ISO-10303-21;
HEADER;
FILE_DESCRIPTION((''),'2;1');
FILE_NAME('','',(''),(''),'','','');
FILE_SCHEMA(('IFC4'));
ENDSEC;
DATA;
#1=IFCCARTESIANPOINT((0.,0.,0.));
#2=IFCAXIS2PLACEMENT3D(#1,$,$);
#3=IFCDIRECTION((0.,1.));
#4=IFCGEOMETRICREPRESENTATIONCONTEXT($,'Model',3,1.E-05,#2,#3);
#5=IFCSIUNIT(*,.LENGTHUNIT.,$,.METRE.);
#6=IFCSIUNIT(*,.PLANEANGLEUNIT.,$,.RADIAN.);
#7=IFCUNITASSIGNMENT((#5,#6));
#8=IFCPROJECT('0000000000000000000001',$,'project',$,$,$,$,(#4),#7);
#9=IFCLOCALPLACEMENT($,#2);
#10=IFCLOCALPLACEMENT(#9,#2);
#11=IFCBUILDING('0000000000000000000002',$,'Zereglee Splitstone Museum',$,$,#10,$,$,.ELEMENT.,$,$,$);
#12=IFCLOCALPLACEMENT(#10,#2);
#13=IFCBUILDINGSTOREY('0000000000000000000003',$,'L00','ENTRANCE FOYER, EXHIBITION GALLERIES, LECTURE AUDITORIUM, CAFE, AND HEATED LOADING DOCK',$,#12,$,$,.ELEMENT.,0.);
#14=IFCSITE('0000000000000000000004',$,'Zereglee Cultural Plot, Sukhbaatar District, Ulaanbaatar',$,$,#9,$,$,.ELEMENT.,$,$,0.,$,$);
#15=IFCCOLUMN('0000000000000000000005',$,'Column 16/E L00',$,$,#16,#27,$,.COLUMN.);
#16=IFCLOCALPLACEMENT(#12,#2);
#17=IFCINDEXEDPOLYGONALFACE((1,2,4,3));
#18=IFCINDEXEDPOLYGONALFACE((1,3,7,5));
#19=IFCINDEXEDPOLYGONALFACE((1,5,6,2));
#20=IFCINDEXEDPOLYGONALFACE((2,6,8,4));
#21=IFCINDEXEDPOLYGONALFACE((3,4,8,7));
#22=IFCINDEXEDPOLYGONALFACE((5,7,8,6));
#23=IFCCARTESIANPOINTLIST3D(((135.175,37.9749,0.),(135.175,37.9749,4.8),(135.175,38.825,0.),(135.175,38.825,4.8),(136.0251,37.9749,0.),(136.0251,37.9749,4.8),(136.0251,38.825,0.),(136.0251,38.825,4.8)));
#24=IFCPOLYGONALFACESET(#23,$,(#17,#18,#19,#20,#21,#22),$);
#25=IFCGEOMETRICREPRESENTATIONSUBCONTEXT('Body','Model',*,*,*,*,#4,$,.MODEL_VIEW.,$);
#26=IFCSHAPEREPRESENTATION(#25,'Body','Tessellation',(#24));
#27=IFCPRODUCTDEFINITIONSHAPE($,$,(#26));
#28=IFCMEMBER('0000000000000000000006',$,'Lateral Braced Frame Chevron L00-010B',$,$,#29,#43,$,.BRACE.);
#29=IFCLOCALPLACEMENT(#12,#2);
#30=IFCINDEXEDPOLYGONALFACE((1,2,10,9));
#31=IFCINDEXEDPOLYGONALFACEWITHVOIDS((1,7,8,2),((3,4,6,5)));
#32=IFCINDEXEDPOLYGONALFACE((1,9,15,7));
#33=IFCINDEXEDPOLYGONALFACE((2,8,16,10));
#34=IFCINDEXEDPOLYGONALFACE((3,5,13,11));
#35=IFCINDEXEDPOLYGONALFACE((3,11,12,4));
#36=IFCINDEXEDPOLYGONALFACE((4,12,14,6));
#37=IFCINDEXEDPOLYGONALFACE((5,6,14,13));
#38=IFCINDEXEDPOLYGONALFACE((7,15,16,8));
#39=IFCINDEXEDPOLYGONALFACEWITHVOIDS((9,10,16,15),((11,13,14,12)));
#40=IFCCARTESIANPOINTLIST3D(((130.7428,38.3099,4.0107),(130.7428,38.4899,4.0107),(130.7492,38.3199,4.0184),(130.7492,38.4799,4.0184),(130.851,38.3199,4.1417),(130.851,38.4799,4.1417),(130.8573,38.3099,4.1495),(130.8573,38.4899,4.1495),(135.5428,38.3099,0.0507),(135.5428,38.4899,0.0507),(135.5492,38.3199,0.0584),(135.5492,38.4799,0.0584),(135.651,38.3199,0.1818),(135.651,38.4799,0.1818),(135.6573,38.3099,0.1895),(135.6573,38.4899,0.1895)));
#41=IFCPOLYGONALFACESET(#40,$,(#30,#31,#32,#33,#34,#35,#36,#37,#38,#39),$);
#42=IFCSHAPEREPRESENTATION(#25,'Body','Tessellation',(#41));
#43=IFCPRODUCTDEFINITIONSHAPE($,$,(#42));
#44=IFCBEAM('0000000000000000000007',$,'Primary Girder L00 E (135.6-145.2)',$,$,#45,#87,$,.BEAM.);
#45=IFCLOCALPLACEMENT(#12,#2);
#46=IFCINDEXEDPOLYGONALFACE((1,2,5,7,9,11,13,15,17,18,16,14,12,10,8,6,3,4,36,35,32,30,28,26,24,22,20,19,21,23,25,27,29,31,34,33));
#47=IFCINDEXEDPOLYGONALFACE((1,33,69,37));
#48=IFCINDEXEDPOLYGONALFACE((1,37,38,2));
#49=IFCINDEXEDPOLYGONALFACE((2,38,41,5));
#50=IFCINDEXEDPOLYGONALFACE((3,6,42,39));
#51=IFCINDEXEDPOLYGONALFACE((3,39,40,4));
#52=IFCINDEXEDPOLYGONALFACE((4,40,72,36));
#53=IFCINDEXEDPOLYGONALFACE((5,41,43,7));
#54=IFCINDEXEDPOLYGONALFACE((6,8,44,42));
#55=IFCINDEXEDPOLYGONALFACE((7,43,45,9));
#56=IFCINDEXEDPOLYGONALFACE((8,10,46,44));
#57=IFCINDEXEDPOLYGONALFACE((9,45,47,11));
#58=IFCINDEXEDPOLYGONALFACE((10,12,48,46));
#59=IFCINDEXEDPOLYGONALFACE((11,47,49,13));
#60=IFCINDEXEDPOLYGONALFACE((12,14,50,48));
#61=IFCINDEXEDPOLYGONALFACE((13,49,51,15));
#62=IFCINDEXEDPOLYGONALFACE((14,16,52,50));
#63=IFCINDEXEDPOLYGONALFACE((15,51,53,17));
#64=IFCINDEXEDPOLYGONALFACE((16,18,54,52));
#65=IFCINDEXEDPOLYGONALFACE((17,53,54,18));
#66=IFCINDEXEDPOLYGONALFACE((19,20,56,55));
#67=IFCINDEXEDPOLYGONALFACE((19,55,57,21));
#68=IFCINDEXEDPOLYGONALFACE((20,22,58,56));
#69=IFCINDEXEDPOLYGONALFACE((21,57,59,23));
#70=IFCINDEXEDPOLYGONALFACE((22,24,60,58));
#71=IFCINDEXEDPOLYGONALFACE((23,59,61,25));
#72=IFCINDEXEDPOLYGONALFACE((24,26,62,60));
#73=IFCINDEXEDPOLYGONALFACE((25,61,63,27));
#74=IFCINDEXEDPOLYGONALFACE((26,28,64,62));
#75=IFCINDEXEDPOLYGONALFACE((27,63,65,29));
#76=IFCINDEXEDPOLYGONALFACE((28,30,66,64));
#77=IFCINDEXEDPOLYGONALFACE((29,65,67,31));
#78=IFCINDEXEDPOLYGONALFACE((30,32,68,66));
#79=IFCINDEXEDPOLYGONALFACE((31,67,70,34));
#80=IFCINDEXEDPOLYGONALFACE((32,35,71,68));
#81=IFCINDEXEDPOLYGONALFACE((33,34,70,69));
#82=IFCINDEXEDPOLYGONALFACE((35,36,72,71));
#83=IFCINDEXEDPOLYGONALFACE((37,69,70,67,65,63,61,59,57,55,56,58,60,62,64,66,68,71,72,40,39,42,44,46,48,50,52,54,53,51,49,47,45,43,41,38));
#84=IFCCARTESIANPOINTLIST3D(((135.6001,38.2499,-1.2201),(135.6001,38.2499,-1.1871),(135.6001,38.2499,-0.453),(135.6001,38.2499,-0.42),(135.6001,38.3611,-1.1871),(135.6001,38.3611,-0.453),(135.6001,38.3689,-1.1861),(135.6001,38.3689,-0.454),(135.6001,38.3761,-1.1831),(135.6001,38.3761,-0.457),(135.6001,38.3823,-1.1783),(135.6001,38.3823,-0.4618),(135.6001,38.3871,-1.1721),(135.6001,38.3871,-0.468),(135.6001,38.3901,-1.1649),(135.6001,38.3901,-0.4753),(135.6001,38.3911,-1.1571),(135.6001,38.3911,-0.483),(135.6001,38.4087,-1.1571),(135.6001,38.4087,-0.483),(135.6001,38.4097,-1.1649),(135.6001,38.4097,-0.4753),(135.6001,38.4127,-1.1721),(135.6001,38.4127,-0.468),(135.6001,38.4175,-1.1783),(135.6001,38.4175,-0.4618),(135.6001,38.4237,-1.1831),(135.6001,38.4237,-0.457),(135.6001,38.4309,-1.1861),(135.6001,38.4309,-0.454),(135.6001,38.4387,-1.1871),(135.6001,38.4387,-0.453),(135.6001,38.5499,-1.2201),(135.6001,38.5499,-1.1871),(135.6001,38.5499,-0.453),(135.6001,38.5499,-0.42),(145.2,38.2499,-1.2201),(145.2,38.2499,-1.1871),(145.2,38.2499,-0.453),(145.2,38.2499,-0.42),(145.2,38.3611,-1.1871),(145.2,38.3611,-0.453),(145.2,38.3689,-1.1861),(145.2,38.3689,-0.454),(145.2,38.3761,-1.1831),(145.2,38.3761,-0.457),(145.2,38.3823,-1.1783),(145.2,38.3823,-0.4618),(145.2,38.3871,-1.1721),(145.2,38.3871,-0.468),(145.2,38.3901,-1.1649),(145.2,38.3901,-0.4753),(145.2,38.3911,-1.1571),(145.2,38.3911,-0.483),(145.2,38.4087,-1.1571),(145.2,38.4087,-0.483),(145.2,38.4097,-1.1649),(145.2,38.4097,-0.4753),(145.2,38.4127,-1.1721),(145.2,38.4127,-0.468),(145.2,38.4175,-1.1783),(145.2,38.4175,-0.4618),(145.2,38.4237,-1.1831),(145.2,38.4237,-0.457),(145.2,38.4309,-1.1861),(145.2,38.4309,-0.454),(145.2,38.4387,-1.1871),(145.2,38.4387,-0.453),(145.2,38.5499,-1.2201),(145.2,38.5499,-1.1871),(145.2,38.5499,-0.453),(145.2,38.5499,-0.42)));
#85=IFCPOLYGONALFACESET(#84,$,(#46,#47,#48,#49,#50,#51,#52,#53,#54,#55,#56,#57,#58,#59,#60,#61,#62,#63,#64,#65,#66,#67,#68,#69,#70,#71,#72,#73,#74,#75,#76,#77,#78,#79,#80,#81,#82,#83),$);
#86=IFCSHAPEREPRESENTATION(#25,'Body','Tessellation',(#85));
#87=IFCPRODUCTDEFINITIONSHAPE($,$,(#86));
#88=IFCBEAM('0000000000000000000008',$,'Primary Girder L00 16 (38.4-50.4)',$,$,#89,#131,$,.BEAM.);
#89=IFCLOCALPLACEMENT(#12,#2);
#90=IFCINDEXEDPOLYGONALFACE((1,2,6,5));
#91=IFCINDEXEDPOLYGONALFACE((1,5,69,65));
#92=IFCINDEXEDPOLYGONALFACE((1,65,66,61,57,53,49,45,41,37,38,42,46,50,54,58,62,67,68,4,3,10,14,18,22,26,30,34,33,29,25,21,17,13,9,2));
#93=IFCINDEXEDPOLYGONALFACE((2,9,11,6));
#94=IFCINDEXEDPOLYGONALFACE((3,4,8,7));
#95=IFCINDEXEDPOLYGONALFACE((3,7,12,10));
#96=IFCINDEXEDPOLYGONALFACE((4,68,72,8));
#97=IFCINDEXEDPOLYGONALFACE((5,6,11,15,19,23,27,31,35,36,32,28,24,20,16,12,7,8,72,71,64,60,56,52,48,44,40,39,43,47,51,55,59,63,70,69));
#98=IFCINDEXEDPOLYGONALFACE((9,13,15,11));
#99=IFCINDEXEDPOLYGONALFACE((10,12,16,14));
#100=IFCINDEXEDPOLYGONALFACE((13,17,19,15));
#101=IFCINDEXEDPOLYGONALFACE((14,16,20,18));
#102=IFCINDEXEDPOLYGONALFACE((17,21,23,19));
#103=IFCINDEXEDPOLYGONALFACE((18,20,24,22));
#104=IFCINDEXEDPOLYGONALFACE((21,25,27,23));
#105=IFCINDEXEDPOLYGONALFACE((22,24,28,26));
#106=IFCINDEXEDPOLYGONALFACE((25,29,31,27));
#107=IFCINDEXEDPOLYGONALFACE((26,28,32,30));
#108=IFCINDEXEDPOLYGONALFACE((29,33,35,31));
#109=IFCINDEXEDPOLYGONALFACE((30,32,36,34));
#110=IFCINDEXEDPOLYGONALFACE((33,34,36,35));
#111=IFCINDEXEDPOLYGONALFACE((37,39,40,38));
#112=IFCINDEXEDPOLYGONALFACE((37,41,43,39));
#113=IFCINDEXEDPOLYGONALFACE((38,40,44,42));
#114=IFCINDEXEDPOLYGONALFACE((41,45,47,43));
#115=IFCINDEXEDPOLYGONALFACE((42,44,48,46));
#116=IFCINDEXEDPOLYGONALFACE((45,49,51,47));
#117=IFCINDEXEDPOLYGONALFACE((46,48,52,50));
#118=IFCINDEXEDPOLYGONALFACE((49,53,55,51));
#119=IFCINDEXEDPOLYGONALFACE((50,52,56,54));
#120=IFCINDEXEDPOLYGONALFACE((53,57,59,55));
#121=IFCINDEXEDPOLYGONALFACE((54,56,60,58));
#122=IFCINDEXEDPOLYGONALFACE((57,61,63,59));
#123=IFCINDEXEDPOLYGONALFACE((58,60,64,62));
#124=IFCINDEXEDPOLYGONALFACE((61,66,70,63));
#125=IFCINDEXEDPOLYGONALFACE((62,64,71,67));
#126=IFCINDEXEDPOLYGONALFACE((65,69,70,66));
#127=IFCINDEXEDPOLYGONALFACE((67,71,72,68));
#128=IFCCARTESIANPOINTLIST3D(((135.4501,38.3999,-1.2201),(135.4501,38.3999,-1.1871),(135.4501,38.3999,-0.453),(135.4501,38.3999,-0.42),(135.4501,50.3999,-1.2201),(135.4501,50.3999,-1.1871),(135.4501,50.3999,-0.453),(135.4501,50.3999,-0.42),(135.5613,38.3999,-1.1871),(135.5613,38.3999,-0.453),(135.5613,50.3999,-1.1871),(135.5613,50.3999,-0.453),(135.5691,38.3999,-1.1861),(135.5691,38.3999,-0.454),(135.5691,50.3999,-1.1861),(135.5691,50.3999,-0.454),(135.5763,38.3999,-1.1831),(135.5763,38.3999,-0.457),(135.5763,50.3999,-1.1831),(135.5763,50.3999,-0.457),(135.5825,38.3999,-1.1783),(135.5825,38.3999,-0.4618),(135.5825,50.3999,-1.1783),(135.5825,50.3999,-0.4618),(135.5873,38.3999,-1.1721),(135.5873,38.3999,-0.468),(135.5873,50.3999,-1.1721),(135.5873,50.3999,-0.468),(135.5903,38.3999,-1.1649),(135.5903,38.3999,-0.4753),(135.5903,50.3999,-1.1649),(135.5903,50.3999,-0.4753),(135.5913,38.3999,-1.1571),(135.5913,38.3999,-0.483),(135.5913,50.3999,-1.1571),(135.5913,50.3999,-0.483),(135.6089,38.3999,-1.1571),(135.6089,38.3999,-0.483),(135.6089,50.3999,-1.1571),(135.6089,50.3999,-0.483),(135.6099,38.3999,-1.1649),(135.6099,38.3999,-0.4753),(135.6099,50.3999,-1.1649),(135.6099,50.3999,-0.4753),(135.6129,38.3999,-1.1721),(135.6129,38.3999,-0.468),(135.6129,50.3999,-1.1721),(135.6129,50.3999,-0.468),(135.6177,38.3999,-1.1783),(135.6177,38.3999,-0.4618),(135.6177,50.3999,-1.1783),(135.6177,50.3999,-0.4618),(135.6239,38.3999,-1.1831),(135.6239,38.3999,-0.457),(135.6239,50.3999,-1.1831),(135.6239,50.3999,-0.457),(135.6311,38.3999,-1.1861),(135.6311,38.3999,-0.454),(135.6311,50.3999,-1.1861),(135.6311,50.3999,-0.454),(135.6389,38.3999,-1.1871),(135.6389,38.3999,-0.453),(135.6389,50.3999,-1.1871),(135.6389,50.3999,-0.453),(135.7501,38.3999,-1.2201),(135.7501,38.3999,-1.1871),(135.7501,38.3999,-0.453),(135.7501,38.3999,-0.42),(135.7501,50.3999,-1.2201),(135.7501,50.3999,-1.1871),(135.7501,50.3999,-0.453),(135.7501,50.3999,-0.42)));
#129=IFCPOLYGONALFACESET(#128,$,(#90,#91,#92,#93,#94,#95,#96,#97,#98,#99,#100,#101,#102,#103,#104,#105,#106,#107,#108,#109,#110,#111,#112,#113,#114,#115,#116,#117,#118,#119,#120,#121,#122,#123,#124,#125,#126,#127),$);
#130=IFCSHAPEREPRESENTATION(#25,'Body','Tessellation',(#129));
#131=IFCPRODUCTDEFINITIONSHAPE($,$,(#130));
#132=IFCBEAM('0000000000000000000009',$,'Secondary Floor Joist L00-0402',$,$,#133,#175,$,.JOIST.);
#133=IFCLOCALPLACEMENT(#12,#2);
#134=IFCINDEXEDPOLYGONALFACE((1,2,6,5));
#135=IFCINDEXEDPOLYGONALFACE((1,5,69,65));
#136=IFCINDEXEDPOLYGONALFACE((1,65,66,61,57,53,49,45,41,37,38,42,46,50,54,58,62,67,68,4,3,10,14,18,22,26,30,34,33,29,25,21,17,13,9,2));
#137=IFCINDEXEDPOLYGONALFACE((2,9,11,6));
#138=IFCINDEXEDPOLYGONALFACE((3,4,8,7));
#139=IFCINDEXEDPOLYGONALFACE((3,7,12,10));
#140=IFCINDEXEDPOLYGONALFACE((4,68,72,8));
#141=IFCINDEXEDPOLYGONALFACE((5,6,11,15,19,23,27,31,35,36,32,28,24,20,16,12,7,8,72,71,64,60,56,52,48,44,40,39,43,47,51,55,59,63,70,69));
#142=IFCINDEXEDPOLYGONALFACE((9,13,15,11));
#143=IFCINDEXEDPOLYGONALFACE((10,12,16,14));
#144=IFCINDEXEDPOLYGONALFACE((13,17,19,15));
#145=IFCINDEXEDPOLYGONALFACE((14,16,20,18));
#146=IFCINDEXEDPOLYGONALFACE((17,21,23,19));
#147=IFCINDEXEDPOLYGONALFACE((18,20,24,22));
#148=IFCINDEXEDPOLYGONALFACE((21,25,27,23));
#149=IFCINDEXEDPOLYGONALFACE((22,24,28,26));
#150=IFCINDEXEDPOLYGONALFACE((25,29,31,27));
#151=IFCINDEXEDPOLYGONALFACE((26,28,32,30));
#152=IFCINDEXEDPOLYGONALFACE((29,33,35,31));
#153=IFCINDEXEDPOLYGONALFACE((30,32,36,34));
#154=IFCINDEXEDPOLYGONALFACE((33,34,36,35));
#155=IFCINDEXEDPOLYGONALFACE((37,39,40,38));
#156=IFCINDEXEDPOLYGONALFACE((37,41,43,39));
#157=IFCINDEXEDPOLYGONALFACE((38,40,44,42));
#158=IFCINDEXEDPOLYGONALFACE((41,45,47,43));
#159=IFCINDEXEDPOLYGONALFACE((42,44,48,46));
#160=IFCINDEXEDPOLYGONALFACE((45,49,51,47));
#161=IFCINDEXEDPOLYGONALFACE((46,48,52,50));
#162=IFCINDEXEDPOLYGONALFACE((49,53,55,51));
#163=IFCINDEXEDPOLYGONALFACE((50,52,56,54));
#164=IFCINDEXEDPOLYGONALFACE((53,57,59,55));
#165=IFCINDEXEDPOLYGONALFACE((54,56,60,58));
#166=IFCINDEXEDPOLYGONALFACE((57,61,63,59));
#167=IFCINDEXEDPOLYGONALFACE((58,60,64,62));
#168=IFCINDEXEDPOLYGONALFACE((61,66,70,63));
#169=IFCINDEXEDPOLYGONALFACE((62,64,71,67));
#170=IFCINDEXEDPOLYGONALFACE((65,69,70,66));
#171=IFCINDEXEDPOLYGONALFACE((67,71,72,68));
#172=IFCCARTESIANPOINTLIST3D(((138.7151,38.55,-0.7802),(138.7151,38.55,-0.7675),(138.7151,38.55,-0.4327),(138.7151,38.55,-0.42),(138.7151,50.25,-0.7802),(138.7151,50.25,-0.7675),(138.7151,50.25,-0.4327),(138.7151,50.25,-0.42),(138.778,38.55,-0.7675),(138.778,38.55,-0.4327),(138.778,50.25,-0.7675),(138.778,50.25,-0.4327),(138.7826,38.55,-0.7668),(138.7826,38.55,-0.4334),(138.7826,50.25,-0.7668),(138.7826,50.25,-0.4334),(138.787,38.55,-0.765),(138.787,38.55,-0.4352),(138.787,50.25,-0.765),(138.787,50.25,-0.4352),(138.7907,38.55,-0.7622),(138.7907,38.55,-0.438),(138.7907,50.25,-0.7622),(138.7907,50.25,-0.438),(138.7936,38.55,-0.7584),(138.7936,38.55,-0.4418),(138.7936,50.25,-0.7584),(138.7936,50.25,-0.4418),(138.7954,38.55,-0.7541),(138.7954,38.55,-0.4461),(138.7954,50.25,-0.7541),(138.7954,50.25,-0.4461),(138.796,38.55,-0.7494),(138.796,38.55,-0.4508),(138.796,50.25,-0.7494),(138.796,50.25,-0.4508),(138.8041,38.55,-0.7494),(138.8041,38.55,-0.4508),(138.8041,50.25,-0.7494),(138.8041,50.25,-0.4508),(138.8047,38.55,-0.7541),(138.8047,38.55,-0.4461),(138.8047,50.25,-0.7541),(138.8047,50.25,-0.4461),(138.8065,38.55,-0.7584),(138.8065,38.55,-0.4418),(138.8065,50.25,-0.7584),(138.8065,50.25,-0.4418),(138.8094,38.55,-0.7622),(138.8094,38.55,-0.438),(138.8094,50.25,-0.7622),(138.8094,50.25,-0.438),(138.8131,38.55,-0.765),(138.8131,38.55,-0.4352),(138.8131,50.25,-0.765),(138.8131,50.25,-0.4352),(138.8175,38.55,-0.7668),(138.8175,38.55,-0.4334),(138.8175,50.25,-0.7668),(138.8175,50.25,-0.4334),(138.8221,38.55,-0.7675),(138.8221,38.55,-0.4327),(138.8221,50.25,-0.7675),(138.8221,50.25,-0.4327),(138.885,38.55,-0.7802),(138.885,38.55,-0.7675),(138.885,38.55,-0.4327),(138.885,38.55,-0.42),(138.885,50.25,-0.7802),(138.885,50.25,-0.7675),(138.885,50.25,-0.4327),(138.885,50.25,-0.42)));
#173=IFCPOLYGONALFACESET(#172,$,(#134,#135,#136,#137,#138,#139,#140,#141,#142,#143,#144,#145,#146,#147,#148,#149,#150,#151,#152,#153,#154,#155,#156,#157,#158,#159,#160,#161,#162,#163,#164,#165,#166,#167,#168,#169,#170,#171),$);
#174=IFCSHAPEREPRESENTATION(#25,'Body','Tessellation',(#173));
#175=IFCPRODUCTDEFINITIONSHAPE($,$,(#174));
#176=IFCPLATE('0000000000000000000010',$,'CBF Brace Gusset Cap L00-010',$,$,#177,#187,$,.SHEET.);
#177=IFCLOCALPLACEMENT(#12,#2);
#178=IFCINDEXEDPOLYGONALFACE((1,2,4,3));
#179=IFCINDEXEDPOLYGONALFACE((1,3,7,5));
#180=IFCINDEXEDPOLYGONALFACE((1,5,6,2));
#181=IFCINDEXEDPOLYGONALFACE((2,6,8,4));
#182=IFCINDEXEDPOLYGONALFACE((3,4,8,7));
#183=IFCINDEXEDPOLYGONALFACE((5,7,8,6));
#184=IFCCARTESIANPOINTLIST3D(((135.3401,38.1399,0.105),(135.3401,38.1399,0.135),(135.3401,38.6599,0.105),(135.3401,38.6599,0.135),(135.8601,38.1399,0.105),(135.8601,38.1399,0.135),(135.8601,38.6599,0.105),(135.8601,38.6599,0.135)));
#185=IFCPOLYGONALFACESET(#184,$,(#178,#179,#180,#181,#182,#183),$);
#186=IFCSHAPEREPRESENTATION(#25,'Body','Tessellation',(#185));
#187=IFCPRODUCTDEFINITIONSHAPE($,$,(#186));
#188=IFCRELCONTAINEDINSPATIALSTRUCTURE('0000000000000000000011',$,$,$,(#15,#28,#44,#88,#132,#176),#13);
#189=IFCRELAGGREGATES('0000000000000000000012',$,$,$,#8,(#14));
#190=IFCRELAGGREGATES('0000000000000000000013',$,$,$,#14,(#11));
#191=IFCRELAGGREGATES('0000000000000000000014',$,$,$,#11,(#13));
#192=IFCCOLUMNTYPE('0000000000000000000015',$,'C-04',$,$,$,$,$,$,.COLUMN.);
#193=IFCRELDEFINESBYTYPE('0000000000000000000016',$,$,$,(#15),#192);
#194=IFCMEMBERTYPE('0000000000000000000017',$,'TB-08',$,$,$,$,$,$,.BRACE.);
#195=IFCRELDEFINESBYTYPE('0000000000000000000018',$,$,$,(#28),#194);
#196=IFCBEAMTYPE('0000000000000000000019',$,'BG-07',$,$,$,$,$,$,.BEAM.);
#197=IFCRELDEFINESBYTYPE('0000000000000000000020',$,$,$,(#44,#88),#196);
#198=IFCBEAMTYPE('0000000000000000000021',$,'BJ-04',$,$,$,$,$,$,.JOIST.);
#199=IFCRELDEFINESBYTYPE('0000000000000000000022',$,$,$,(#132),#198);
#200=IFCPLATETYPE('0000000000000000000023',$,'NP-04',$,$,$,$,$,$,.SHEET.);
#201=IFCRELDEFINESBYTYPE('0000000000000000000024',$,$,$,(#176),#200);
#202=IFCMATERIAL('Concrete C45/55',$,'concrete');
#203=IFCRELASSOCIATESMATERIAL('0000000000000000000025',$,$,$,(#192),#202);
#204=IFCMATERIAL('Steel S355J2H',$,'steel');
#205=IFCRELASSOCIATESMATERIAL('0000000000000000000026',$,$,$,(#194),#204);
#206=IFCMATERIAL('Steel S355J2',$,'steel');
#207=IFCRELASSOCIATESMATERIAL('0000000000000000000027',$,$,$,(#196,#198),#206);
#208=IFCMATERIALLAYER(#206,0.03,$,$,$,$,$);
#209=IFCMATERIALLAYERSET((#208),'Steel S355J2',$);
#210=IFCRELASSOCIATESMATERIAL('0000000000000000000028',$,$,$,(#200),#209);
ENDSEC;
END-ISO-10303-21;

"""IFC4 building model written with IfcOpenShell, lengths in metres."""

from ifc_helpers import new_model, si_unit, direction, frame, origin, origin_2d, place, context, subcontext, project, spatial, rectangle, hollow_rectangle, i_section, extrude, material, layer, layer_set, material_profile, profile_set, type_object, element, save


model = new_model("IFC4")

# Units and contexts
model_context = context("Model", 3, precision=1e-05, world=origin(), true_north=direction((0.0, 1.0)))
body_context = subcontext(model_context, "Body", "Model", "MODEL_VIEW")
ifc_project = project(units=[si_unit("LENGTHUNIT", "METRE"), si_unit("PLANEANGLEUNIT", "RADIAN")], contexts=[model_context])

# Site, building, storey
site_placement = place(None, origin())
site = spatial("IfcSite", under=ifc_project, at=site_placement, Name="Zereglee Cultural Plot, Sukhbaatar District, Ulaanbaatar", CompositionType="ELEMENT", RefElevation=0.0)
building_placement = place(site_placement, origin())
building = spatial("IfcBuilding", under=site, at=building_placement, Name="Zereglee Splitstone Museum", CompositionType="ELEMENT")
storey_placement = place(building_placement, origin())
storey = spatial("IfcBuildingStorey", under=building, at=storey_placement, Name="L00", Description="ENTRANCE FOYER, EXHIBITION GALLERIES, LECTURE AUDITORIUM, CAFE, AND HEATED LOADING DOCK", CompositionType="ELEMENT", Elevation=0.0)

# Column
ifc_material_1 = material(Name="Concrete C45/55", Category="concrete")
ifc_material_profile_1 = material_profile(ifc_material_1, rectangle(XDim=0.8501, YDim=0.8501, at=origin_2d()), Name="RC 850x850")
ifc_profile_set_1 = profile_set([ifc_material_profile_1], Name="Concrete C45/55")
column_type = type_object("IfcColumnType", Name="C-04", PredefinedType="COLUMN", material=ifc_profile_set_1)
column_placement = place(storey_placement, frame((135.6001, 38.3999, 0.0), z_axis=(0.0, 0.0, 1.0), x_axis=(1.0, 0.0, 0.0)))
element("IfcColumn", 1, at=column_placement, inside=storey, type_object=column_type, Name="Column 16/E L00", PredefinedType="COLUMN", context=body_context, shape_type="SweptSolid", body=[
    extrude(rectangle(XDim=0.8501, YDim=0.8501, at=origin_2d()), origin(), (0.0, 0.0, 1.0), 4.8),
])

# Member
ifc_material_2 = material(Name="Steel S355J2H", Category="steel")
ifc_material_profile_2 = material_profile(ifc_material_2, hollow_rectangle(XDim=0.1799, YDim=0.1799, WallThickness=0.01, at=origin_2d()), Name="SHS 180x180x10")
ifc_profile_set_2 = profile_set([ifc_material_profile_2], Name="Steel S355J2H")
member_type = type_object("IfcMemberType", Name="TB-08", PredefinedType="BRACE", material=ifc_profile_set_2)
member_placement = place(storey_placement, frame((135.6001, 38.3999, 0.1201), z_axis=(-0.77138, 0.0, 0.636375), x_axis=(0.0, -1.0, 0.0)))
element("IfcMember", 2, at=member_placement, inside=storey, type_object=member_type, Name="Lateral Braced Frame Chevron L00-010B", PredefinedType="BRACE", context=body_context, shape_type="SweptSolid", body=[
    extrude(hollow_rectangle(XDim=0.1799, YDim=0.1799, WallThickness=0.01, at=origin_2d()), origin(), (0.0, 0.0, 1.0), 6.2227),
])

# Beams
ifc_material_3 = material(Name="Steel S355J2", Category="steel")
ifc_material_profile_3 = material_profile(ifc_material_3, i_section(OverallWidth=0.3, OverallDepth=0.8, WebThickness=0.0176, FlangeThickness=0.033, FilletRadius=0.03, at=origin_2d()), Name="HE 800 B")
ifc_profile_set_3 = profile_set([ifc_material_profile_3], Name="Steel S355J2")
beam_type_1 = type_object("IfcBeamType", Name="BG-07", PredefinedType="BEAM", material=ifc_profile_set_3)
beam_1_placement = place(storey_placement, frame((135.6001, 38.3999, -0.8201), z_axis=(1.0, 0.0, 0.0), x_axis=(0.0, 1.0, 0.0)))
element("IfcBeam", 3, at=beam_1_placement, inside=storey, type_object=beam_type_1, Name="Primary Girder L00 E (135.6-145.2)", PredefinedType="BEAM", context=body_context, shape_type="SweptSolid", body=[
    extrude(i_section(OverallWidth=0.3, OverallDepth=0.8, WebThickness=0.0176, FlangeThickness=0.033, FilletRadius=0.03, at=origin_2d()), origin(), (0.0, 0.0, 1.0), 9.5999),
])
beam_2_placement = place(storey_placement, frame((135.6001, 38.3999, -0.8201), z_axis=(0.0, 1.0, 0.0), x_axis=(-1.0, 0.0, 0.0)))
element("IfcBeam", 4, at=beam_2_placement, inside=storey, type_object=beam_type_1, Name="Primary Girder L00 16 (38.4-50.4)", PredefinedType="BEAM", context=body_context, shape_type="SweptSolid", body=[
    extrude(i_section(OverallWidth=0.3, OverallDepth=0.8, WebThickness=0.0176, FlangeThickness=0.033, FilletRadius=0.03, at=origin_2d()), origin(), (0.0, 0.0, 1.0), 12.0),
])
ifc_material_profile_4 = material_profile(ifc_material_3, i_section(OverallWidth=0.1699, OverallDepth=0.3601, WebThickness=0.0081, FlangeThickness=0.0127, FilletRadius=0.0181, at=origin_2d()), Name="IPE 360")
ifc_profile_set_4 = profile_set([ifc_material_profile_4], Name="Steel S355J2")
beam_type_2 = type_object("IfcBeamType", Name="BJ-04", PredefinedType="JOIST", material=ifc_profile_set_4)
beam_3_placement = place(storey_placement, frame((138.8, 38.55, -0.6001), z_axis=(0.0, 1.0, 0.0), x_axis=(-1.0, 0.0, 0.0)))
element("IfcBeam", 5, at=beam_3_placement, inside=storey, type_object=beam_type_2, Name="Secondary Floor Joist L00-0402", PredefinedType="JOIST", context=body_context, shape_type="SweptSolid", body=[
    extrude(i_section(OverallWidth=0.1699, OverallDepth=0.3601, WebThickness=0.0081, FlangeThickness=0.0127, FilletRadius=0.0181, at=origin_2d()), origin(), (0.0, 0.0, 1.0), 11.7),
])

# Plate
ifc_layer_1 = layer(ifc_material_3, 0.03)
ifc_layer_set_1 = layer_set([ifc_layer_1], Name="Steel S355J2")
plate_type = type_object("IfcPlateType", Name="NP-04", PredefinedType="SHEET", material=ifc_layer_set_1)
for number, where, z_axis, x_axis, name in (
    (6, (135.6001, 38.3999, 0.105), (0.0, 0.0, 1.0), (1.0, 0.0, 0.0), "CBF Brace Gusset Cap L00-010"),
):
    element("IfcPlate", number, at=place(storey_placement, frame(where, z_axis=z_axis, x_axis=x_axis)), inside=storey, type_object=plate_type, Name=name, PredefinedType="SHEET", context=body_context, shape_type="SweptSolid", body=[
        extrude(rectangle(XDim=0.52, YDim=0.52, at=origin_2d()), origin(), (0.0, 0.0, 1.0), 0.03),
    ])

save(model, "model.ifc")
